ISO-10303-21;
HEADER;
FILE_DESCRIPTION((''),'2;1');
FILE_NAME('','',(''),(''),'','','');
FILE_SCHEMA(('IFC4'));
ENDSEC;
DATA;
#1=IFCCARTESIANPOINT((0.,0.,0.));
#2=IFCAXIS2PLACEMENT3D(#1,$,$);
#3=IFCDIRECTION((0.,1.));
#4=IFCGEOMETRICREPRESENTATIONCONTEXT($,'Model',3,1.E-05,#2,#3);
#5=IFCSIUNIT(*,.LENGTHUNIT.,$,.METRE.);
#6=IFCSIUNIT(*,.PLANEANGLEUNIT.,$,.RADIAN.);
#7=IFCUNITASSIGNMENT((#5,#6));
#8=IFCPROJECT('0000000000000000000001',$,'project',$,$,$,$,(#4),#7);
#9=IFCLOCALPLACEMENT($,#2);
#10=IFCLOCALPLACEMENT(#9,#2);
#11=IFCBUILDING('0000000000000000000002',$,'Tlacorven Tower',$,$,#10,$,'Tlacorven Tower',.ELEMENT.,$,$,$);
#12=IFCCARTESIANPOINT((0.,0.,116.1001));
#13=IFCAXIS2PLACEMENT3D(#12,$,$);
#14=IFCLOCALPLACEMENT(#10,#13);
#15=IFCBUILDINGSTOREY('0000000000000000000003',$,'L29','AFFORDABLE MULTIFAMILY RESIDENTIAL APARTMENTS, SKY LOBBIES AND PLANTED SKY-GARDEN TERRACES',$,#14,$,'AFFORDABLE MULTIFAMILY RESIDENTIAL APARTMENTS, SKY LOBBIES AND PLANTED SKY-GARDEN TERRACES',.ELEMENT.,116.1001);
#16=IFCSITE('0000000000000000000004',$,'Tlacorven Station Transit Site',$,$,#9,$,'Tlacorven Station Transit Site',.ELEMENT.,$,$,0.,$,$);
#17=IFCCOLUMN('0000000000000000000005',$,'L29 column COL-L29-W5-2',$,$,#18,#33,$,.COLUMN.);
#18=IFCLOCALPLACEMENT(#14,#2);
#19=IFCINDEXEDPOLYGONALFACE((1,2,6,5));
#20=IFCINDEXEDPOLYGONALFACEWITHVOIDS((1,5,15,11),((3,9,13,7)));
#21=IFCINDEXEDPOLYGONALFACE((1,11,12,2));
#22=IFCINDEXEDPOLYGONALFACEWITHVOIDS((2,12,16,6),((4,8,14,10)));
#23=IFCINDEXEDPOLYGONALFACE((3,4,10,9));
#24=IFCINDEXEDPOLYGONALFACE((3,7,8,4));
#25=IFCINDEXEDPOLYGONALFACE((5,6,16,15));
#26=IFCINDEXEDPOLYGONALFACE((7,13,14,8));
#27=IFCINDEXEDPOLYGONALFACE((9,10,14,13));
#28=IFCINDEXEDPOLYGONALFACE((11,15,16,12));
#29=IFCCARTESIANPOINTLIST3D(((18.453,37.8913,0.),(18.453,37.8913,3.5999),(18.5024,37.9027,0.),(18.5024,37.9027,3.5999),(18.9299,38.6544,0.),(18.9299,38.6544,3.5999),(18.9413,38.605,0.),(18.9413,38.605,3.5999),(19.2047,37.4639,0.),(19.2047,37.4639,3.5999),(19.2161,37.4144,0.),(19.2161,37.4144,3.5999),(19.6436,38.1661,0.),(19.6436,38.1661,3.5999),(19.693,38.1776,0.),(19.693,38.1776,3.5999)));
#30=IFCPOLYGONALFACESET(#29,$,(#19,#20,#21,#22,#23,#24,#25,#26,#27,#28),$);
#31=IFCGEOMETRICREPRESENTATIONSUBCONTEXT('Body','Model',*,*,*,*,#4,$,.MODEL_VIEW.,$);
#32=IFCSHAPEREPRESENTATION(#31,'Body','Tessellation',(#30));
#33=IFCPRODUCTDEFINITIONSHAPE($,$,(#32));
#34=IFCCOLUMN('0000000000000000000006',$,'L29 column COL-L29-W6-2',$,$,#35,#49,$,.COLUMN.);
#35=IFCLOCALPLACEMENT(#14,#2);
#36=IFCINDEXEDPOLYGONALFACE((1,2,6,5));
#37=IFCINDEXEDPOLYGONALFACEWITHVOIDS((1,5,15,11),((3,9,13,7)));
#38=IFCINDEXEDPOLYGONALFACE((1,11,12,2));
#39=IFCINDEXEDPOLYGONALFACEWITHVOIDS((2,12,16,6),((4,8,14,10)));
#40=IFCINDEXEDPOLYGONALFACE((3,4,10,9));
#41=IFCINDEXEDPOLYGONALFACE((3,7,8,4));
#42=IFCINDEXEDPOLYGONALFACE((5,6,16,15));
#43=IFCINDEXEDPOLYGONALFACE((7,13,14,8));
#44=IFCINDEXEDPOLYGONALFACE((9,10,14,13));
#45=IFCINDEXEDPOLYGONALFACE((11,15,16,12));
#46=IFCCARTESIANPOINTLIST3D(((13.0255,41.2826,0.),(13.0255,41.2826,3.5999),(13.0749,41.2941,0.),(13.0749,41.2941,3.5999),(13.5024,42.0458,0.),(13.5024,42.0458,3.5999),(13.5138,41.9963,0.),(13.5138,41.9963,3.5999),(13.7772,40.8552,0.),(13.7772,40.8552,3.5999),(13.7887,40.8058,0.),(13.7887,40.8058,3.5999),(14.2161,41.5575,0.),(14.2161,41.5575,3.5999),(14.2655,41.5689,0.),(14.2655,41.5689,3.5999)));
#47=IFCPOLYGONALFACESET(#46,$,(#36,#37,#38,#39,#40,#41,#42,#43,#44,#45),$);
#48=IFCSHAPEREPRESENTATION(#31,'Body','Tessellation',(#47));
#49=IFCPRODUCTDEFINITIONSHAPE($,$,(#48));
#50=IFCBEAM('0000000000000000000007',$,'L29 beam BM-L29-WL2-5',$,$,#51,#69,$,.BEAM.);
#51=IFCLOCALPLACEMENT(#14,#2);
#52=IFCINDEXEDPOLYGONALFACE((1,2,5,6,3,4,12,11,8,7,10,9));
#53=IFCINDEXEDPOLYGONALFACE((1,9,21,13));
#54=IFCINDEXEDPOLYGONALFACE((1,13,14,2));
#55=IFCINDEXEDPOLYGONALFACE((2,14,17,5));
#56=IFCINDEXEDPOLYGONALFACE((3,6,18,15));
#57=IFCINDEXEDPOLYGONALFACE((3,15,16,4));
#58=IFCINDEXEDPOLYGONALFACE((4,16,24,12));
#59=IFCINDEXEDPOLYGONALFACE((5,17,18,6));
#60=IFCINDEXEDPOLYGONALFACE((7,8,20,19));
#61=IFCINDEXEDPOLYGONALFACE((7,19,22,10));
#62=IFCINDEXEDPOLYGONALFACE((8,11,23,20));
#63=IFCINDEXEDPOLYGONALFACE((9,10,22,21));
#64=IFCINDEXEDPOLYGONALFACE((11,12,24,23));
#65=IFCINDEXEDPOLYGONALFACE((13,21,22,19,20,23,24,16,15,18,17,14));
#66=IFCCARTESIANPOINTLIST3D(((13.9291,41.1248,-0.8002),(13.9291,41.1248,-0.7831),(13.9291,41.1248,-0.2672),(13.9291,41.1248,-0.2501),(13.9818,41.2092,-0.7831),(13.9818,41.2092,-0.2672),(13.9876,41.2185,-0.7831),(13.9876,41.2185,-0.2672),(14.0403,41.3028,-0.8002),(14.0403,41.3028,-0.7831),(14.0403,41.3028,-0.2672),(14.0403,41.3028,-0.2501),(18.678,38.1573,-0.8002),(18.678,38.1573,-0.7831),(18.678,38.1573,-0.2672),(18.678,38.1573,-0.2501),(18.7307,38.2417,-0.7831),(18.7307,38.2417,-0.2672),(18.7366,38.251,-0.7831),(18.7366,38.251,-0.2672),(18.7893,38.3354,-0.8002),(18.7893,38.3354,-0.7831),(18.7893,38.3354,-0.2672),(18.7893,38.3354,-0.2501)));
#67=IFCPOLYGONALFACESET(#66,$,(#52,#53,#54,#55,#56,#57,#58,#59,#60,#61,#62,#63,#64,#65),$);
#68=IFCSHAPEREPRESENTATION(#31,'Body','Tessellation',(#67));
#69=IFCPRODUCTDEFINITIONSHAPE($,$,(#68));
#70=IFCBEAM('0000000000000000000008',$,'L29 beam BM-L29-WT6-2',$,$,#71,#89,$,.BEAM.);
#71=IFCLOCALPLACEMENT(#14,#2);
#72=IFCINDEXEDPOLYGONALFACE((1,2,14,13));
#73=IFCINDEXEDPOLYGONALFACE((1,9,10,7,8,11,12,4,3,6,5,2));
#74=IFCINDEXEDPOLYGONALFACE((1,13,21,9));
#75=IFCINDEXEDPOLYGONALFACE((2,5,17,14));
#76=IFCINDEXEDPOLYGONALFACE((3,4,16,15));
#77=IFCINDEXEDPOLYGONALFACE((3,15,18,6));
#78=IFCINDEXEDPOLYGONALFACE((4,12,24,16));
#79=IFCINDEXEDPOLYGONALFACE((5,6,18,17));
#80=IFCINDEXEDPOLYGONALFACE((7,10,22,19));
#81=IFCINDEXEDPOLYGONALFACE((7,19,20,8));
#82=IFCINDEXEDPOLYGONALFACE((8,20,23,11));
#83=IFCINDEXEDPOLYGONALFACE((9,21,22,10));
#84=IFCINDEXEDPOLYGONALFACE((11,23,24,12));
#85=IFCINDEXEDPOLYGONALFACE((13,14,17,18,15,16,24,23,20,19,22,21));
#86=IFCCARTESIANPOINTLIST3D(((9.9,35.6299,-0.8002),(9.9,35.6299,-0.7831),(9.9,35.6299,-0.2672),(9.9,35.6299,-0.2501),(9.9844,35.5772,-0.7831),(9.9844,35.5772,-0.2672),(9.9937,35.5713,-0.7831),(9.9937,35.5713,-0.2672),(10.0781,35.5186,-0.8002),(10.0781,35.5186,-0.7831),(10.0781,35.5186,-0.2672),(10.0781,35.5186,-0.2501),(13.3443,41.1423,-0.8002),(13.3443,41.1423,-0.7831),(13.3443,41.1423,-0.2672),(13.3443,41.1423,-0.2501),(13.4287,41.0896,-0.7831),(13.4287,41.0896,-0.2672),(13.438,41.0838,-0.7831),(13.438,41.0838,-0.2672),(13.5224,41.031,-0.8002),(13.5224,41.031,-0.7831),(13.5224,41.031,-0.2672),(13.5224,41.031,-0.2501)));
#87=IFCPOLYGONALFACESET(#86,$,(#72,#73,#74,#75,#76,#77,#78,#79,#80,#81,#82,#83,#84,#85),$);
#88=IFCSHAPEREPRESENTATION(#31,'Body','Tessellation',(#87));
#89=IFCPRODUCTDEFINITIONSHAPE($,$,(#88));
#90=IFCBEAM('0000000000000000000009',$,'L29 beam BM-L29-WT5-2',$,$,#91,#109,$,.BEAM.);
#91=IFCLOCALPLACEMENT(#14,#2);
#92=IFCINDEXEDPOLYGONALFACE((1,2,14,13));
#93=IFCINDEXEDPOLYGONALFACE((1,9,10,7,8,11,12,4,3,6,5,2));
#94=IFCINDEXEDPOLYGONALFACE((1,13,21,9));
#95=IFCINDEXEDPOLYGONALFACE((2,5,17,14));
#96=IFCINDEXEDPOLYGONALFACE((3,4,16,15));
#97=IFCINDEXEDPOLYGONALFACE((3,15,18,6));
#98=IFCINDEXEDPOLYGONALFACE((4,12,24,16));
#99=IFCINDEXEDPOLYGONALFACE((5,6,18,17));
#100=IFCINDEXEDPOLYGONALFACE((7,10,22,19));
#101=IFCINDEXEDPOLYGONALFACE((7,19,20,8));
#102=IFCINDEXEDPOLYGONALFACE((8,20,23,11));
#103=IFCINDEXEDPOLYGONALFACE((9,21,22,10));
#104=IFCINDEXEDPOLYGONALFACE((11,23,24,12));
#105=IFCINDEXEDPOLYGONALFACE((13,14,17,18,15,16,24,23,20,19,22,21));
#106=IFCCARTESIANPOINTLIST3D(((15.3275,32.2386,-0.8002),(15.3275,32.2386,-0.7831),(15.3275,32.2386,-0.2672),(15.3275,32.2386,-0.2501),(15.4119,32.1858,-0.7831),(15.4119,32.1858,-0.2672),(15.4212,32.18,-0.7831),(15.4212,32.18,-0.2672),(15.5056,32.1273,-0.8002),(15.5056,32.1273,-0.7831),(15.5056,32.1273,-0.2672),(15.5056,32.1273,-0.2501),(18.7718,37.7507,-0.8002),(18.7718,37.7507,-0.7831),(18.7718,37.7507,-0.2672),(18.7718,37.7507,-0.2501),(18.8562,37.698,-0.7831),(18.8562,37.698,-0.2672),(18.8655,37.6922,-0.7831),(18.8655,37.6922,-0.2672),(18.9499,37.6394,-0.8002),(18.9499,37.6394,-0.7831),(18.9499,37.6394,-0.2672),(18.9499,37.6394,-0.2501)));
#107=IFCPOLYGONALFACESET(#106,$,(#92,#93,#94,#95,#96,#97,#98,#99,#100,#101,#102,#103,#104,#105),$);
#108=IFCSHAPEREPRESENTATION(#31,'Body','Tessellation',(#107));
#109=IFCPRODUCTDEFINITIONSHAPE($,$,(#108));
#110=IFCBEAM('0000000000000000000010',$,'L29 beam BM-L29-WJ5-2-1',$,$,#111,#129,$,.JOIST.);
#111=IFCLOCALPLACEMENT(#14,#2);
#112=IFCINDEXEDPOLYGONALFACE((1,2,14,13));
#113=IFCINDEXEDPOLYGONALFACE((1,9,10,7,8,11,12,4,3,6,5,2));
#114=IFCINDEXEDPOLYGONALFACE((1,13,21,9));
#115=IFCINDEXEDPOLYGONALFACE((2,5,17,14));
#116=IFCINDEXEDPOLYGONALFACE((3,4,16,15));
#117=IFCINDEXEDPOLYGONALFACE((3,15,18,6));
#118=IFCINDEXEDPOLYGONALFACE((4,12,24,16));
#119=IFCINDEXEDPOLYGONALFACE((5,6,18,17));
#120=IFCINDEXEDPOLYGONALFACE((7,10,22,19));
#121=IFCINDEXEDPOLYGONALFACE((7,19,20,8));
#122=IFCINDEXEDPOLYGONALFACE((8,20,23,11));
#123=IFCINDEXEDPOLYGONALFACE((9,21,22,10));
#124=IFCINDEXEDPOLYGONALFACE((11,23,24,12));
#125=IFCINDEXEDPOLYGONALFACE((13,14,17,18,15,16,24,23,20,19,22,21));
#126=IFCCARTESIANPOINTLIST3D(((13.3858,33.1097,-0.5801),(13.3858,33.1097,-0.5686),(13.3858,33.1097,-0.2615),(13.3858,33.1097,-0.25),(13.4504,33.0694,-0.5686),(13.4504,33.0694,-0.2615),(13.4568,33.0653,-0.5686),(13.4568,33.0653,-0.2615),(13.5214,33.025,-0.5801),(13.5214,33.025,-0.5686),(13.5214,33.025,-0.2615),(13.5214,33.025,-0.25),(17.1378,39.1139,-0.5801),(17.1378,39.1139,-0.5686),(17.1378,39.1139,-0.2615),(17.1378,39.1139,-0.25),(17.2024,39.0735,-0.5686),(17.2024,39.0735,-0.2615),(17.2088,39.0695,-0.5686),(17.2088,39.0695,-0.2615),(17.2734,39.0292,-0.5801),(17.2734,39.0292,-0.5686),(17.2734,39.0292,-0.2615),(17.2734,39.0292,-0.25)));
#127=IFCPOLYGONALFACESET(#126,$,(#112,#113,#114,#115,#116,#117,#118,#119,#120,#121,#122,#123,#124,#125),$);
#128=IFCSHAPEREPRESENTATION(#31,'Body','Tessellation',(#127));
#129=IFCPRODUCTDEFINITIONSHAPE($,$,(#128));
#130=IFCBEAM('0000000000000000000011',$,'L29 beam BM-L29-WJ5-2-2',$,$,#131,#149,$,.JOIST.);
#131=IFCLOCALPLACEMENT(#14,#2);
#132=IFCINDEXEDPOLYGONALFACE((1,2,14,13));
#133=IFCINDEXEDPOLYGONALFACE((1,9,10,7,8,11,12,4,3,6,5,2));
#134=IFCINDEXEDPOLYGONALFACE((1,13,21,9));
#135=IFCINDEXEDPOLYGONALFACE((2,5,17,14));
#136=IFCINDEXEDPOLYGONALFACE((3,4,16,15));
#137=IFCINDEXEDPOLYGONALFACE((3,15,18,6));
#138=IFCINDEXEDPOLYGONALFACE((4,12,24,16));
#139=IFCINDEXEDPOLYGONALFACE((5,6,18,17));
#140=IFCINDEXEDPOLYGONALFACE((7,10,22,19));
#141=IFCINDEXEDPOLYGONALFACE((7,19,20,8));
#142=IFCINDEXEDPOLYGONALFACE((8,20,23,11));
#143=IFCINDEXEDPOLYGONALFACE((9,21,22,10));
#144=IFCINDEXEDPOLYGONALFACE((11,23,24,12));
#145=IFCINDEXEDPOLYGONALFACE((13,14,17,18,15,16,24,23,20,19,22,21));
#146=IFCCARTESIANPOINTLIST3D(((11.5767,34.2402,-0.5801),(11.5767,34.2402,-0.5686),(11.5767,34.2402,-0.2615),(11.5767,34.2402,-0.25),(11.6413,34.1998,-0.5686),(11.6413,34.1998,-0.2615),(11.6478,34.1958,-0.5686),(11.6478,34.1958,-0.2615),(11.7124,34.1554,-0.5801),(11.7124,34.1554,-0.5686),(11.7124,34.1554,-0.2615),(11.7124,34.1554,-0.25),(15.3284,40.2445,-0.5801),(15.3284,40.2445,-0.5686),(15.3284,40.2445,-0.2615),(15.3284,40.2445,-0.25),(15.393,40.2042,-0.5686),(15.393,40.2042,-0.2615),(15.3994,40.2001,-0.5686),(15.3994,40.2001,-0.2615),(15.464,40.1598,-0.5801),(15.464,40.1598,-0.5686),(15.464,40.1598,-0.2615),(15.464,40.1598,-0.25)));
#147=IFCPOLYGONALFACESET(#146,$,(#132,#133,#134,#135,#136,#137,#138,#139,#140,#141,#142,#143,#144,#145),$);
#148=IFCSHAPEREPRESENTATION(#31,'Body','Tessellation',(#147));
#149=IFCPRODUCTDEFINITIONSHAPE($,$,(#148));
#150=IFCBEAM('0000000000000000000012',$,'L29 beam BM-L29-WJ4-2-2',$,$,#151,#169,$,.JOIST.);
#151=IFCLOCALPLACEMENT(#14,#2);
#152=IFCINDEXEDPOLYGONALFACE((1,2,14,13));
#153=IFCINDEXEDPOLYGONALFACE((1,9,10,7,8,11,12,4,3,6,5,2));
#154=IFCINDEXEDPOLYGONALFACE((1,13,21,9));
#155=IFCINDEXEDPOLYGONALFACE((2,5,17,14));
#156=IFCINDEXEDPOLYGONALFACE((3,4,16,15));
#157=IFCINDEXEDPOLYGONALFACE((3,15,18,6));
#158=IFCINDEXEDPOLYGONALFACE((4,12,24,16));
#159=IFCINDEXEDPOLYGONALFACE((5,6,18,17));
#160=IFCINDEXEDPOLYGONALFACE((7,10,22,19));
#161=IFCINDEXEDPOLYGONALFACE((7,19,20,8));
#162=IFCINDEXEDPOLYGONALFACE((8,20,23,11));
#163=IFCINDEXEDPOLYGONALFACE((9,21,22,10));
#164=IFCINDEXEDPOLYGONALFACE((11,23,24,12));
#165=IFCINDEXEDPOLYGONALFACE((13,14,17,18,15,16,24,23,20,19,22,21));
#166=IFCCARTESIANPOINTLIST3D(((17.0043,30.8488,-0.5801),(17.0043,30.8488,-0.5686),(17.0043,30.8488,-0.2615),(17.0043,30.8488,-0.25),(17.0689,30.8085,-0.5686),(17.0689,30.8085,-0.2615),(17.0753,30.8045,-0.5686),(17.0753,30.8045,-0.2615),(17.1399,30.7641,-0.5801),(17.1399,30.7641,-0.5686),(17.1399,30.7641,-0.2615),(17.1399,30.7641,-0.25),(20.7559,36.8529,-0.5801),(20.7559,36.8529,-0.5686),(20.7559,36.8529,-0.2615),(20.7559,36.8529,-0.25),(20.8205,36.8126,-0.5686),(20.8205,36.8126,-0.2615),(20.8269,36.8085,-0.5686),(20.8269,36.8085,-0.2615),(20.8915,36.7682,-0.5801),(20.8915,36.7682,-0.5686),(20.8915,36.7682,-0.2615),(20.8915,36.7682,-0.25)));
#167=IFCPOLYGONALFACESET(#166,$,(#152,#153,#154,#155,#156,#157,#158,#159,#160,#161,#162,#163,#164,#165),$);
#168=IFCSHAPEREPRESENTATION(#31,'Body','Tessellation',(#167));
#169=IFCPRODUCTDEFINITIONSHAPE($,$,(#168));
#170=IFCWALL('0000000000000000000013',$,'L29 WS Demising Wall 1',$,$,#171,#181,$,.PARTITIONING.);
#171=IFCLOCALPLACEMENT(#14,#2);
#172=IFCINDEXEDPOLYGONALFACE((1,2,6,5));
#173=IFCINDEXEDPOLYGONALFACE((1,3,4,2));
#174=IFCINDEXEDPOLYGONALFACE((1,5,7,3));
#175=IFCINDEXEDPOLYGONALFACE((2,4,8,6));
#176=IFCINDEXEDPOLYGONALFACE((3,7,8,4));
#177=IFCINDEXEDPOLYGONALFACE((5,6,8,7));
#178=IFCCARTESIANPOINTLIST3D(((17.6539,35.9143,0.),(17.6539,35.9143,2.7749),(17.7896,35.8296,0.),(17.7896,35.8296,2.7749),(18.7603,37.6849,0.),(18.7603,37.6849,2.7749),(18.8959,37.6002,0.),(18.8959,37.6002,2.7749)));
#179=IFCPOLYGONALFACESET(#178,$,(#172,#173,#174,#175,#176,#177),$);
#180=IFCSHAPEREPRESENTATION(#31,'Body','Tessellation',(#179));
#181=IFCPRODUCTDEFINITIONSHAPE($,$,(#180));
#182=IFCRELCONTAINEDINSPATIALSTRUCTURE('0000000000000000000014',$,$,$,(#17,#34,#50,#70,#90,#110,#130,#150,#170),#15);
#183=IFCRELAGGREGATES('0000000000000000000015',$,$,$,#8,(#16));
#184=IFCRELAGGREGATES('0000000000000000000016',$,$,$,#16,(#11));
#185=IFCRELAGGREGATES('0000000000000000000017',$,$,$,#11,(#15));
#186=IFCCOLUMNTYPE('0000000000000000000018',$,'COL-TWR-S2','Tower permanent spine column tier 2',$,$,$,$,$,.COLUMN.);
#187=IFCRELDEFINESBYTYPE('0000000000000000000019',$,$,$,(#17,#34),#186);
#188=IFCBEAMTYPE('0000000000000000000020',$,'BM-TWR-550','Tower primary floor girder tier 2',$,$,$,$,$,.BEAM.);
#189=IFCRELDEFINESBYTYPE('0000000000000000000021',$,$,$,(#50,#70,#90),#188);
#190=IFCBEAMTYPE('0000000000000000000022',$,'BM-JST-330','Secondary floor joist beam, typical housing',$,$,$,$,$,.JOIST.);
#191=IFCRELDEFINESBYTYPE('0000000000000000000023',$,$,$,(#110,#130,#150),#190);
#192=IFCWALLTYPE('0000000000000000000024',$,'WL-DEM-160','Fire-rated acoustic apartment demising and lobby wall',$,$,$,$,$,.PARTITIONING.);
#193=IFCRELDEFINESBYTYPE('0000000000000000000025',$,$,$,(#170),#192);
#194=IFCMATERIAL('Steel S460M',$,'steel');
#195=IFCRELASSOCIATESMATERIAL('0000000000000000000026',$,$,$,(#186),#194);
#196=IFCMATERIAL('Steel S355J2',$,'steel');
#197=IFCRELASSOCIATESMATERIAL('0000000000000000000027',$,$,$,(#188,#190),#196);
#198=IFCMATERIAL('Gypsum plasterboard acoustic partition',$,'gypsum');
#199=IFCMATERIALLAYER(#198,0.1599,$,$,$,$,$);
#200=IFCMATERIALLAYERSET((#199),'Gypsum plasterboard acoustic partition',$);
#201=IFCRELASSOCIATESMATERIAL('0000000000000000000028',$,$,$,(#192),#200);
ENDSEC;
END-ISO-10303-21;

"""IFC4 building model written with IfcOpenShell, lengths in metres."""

from ifc_helpers import new_model, si_unit, direction, frame, frame_2d, origin, origin_2d, place, context, subcontext, project, spatial, rectangle, hollow_rectangle, i_section, extrude, source, transform, mapped, material, layer, layer_set, material_profile, profile_set, type_object, element, save


model = new_model("IFC4")

# Units and contexts
model_context = context("Model", 3, precision=1e-05, world=origin(), true_north=direction((0.0, 1.0)))
body_context = subcontext(model_context, "Body", "Model", "MODEL_VIEW")
ifc_project = project(units=[si_unit("LENGTHUNIT", "METRE"), si_unit("PLANEANGLEUNIT", "RADIAN")], contexts=[model_context])

# Site, building, storey
site_placement = place(None, origin())
site = spatial("IfcSite", under=ifc_project, at=site_placement, Name="Tlacorven Station Transit Site", LongName="Tlacorven Station Transit Site", CompositionType="ELEMENT", RefElevation=0.0)
building_placement = place(site_placement, origin())
building = spatial("IfcBuilding", under=site, at=building_placement, Name="Tlacorven Tower", LongName="Tlacorven Tower", CompositionType="ELEMENT")
storey_placement = place(building_placement, frame((0.0, 0.0, 116.1001)))
storey = spatial("IfcBuildingStorey", under=building, at=storey_placement, Name="L29", Description="AFFORDABLE MULTIFAMILY RESIDENTIAL APARTMENTS, SKY LOBBIES AND PLANTED SKY-GARDEN TERRACES", LongName="AFFORDABLE MULTIFAMILY RESIDENTIAL APARTMENTS, SKY LOBBIES AND PLANTED SKY-GARDEN TERRACES", CompositionType="ELEMENT", Elevation=116.1001)

# Columns
ifc_material_1 = material(Name="Steel S460M", Category="steel")
ifc_material_profile_1 = material_profile(ifc_material_1, hollow_rectangle(XDim=0.8999, YDim=0.8999, WallThickness=0.0359, at=origin_2d()), Name="BOX 900X900X36")
ifc_profile_set_1 = profile_set([ifc_material_profile_1], Name="Steel S460M")
column_type = type_object("IfcColumnType", Name="COL-TWR-S2", Description="Tower permanent spine column tier 2", PredefinedType="COLUMN", material=ifc_profile_set_1)
shared_shape_1 = source(origin(), body_context, "Body", "SweptSolid", [
    extrude(hollow_rectangle(XDim=0.8999, YDim=0.8999, WallThickness=0.0359, at=origin_2d()), origin(), (0.0, 0.0, 1.0), 3.5999),
])
for number, where, z_axis, x_axis, name in (
    (1, (19.073, 38.0344, 0.0), (0.0, 0.0, 1.0), (-0.848048, 0.529919, 0.0), "L29 column COL-L29-W5-2"),
    (2, (13.6455, 41.4258, 0.0), (0.0, 0.0, 1.0), (-0.848048, 0.529919, 0.0), "L29 column COL-L29-W6-2"),
):
    element("IfcColumn", number, at=place(storey_placement, frame(where, z_axis=z_axis, x_axis=x_axis)), inside=storey, type_object=column_type, Name=name, PredefinedType="COLUMN", context=body_context, shape_type="MappedRepresentation", body=[
        mapped(shared_shape_1, transform((0.0, 0.0, 0.0), scale=1.0)),
    ])

# Beams
ifc_material_2 = material(Name="Steel S355J2", Category="steel")
ifc_material_profile_2 = material_profile(ifc_material_2, i_section(OverallWidth=0.21, OverallDepth=0.55, WebThickness=0.011, FlangeThickness=0.0171, at=origin_2d()), Name="IPE 550")
ifc_profile_set_2 = profile_set([ifc_material_profile_2], Name="Steel S355J2")
beam_type_1 = type_object("IfcBeamType", Name="BM-TWR-550", Description="Tower primary floor girder tier 2", PredefinedType="BEAM", material=ifc_profile_set_2)
shared_shape_2 = source(origin(), body_context, "Body", "SweptSolid", [
    extrude(i_section(OverallWidth=0.21, OverallDepth=0.55, WebThickness=0.011, FlangeThickness=0.0171, at=origin_2d()), origin(), (0.0, 0.0, 1.0), 5.5999),
])
beam_1_placement = place(storey_placement, frame((18.7336, 38.2463, -0.5251), z_axis=(-0.848047, 0.529921, 0.0), x_axis=(-0.529921, -0.848047, 0.0)))
element("IfcBeam", 3, at=beam_1_placement, inside=storey, type_object=beam_type_1, Name="L29 beam BM-L29-WL2-5", PredefinedType="BEAM", context=body_context, shape_type="MappedRepresentation", body=[
    mapped(shared_shape_2, transform((0.0, 0.0, 0.0), scale=1.0)),
])
shared_shape_3 = source(origin(), body_context, "Body", "SweptSolid", [
    extrude(i_section(OverallWidth=0.21, OverallDepth=0.55, WebThickness=0.011, FlangeThickness=0.0171, at=origin_2d()), origin(), (0.0, 0.0, 1.0), 6.5),
])
beam_2_placement = place(storey_placement, frame((13.4333, 41.0867, -0.5251), z_axis=(-0.529894, -0.848064, 0.0), x_axis=(0.848064, -0.529894, 0.0)))
element("IfcBeam", 4, at=beam_2_placement, inside=storey, type_object=beam_type_1, Name="L29 beam BM-L29-WT6-2", PredefinedType="BEAM", context=body_context, shape_type="MappedRepresentation", body=[
    mapped(shared_shape_3, transform((0.0, 0.0, 0.0), scale=1.0)),
])
shared_shape_4 = source(origin(), body_context, "Body", "SweptSolid", [
    extrude(i_section(OverallWidth=0.21, OverallDepth=0.55, WebThickness=0.011, FlangeThickness=0.0171, at=origin_2d()), origin(), (0.0, 0.0, 1.0), 6.4998),
])
beam_3_placement = place(storey_placement, frame((18.8608, 37.6951, -0.5251), z_axis=(-0.529911, -0.848053, 0.0), x_axis=(0.848053, -0.529911, 0.0)))
element("IfcBeam", 5, at=beam_3_placement, inside=storey, type_object=beam_type_1, Name="L29 beam BM-L29-WT5-2", PredefinedType="BEAM", context=body_context, shape_type="MappedRepresentation", body=[
    mapped(shared_shape_4, transform((0.0, 0.0, 0.0), scale=1.0)),
])
ifc_material_profile_3 = material_profile(ifc_material_2, i_section(OverallWidth=0.1599, OverallDepth=0.3301, WebThickness=0.0076, FlangeThickness=0.0115, at=origin_2d()), Name="IPE 330")
ifc_profile_set_3 = profile_set([ifc_material_profile_3], Name="Steel S355J2")
beam_type_2 = type_object("IfcBeamType", Name="BM-JST-330", Description="Secondary floor joist beam, typical housing", PredefinedType="JOIST", material=ifc_profile_set_3)
shared_shape_5 = source(origin(), body_context, "Body", "SweptSolid", [
    extrude(i_section(OverallWidth=0.1599, OverallDepth=0.3301, WebThickness=0.0076, FlangeThickness=0.0115, at=origin_2d()), origin(), (0.0, 0.0, 1.0), 7.0801),
])
for number, where, z_axis, x_axis, name in (
    (6, (17.2056, 39.0715, -0.415), (-0.529934, -0.848039, 0.0), (0.848039, -0.529934, 0.0), "L29 beam BM-L29-WJ5-2-1"),
    (7, (15.3962, 40.2021, -0.415), (-0.529894, -0.848064, 0.0), (0.848064, -0.529894, 0.0), "L29 beam BM-L29-WJ5-2-2"),
):
    element("IfcBeam", number, at=place(storey_placement, frame(where, z_axis=z_axis, x_axis=x_axis)), inside=storey, type_object=beam_type_2, Name=name, PredefinedType="JOIST", context=body_context, shape_type="MappedRepresentation", body=[
        mapped(shared_shape_5, transform((0.0, 0.0, 0.0), scale=1.0)),
    ])
shared_shape_6 = source(origin(), body_context, "Body", "SweptSolid", [
    extrude(i_section(OverallWidth=0.1599, OverallDepth=0.3301, WebThickness=0.0076, FlangeThickness=0.0115, at=origin_2d()), origin(), (0.0, 0.0, 1.0), 7.0798),
])
beam_4_placement = place(storey_placement, frame((20.8237, 36.8105, -0.415), z_axis=(-0.529909, -0.848054, 0.0), x_axis=(0.848054, -0.529909, 0.0)))
element("IfcBeam", 8, at=beam_4_placement, inside=storey, type_object=beam_type_2, Name="L29 beam BM-L29-WJ4-2-2", PredefinedType="JOIST", context=body_context, shape_type="MappedRepresentation", body=[
    mapped(shared_shape_6, transform((0.0, 0.0, 0.0), scale=1.0)),
])

# Wall
ifc_material_3 = material(Name="Gypsum plasterboard acoustic partition", Category="gypsum")
ifc_layer_1 = layer(ifc_material_3, 0.1599)
ifc_layer_set_1 = layer_set([ifc_layer_1], Name="Gypsum plasterboard acoustic partition")
wall_type_1 = type_object("IfcWallType", Name="WL-DEM-160", Description="Fire-rated acoustic apartment demising and lobby wall", PredefinedType="PARTITIONING", material=ifc_layer_set_1)
wall_1_placement = place(storey_placement, frame((18.8281, 37.6426, 0.0), z_axis=(0.0, 0.0, 1.0), x_axis=(-0.529904, -0.848057, 0.0)))
element("IfcWall", 9, at=wall_1_placement, inside=storey, type_object=wall_type_1, Name="L29 WS Demising Wall 1", PredefinedType="PARTITIONING", context=body_context, shape_type="SweptSolid", body=[
    extrude(rectangle(XDim=2.0879, YDim=0.1599, at=frame_2d((1.0439, 0.0))), origin(), (0.0, 0.0, 1.0), 2.7749),
])

save(model, "model.ifc")
